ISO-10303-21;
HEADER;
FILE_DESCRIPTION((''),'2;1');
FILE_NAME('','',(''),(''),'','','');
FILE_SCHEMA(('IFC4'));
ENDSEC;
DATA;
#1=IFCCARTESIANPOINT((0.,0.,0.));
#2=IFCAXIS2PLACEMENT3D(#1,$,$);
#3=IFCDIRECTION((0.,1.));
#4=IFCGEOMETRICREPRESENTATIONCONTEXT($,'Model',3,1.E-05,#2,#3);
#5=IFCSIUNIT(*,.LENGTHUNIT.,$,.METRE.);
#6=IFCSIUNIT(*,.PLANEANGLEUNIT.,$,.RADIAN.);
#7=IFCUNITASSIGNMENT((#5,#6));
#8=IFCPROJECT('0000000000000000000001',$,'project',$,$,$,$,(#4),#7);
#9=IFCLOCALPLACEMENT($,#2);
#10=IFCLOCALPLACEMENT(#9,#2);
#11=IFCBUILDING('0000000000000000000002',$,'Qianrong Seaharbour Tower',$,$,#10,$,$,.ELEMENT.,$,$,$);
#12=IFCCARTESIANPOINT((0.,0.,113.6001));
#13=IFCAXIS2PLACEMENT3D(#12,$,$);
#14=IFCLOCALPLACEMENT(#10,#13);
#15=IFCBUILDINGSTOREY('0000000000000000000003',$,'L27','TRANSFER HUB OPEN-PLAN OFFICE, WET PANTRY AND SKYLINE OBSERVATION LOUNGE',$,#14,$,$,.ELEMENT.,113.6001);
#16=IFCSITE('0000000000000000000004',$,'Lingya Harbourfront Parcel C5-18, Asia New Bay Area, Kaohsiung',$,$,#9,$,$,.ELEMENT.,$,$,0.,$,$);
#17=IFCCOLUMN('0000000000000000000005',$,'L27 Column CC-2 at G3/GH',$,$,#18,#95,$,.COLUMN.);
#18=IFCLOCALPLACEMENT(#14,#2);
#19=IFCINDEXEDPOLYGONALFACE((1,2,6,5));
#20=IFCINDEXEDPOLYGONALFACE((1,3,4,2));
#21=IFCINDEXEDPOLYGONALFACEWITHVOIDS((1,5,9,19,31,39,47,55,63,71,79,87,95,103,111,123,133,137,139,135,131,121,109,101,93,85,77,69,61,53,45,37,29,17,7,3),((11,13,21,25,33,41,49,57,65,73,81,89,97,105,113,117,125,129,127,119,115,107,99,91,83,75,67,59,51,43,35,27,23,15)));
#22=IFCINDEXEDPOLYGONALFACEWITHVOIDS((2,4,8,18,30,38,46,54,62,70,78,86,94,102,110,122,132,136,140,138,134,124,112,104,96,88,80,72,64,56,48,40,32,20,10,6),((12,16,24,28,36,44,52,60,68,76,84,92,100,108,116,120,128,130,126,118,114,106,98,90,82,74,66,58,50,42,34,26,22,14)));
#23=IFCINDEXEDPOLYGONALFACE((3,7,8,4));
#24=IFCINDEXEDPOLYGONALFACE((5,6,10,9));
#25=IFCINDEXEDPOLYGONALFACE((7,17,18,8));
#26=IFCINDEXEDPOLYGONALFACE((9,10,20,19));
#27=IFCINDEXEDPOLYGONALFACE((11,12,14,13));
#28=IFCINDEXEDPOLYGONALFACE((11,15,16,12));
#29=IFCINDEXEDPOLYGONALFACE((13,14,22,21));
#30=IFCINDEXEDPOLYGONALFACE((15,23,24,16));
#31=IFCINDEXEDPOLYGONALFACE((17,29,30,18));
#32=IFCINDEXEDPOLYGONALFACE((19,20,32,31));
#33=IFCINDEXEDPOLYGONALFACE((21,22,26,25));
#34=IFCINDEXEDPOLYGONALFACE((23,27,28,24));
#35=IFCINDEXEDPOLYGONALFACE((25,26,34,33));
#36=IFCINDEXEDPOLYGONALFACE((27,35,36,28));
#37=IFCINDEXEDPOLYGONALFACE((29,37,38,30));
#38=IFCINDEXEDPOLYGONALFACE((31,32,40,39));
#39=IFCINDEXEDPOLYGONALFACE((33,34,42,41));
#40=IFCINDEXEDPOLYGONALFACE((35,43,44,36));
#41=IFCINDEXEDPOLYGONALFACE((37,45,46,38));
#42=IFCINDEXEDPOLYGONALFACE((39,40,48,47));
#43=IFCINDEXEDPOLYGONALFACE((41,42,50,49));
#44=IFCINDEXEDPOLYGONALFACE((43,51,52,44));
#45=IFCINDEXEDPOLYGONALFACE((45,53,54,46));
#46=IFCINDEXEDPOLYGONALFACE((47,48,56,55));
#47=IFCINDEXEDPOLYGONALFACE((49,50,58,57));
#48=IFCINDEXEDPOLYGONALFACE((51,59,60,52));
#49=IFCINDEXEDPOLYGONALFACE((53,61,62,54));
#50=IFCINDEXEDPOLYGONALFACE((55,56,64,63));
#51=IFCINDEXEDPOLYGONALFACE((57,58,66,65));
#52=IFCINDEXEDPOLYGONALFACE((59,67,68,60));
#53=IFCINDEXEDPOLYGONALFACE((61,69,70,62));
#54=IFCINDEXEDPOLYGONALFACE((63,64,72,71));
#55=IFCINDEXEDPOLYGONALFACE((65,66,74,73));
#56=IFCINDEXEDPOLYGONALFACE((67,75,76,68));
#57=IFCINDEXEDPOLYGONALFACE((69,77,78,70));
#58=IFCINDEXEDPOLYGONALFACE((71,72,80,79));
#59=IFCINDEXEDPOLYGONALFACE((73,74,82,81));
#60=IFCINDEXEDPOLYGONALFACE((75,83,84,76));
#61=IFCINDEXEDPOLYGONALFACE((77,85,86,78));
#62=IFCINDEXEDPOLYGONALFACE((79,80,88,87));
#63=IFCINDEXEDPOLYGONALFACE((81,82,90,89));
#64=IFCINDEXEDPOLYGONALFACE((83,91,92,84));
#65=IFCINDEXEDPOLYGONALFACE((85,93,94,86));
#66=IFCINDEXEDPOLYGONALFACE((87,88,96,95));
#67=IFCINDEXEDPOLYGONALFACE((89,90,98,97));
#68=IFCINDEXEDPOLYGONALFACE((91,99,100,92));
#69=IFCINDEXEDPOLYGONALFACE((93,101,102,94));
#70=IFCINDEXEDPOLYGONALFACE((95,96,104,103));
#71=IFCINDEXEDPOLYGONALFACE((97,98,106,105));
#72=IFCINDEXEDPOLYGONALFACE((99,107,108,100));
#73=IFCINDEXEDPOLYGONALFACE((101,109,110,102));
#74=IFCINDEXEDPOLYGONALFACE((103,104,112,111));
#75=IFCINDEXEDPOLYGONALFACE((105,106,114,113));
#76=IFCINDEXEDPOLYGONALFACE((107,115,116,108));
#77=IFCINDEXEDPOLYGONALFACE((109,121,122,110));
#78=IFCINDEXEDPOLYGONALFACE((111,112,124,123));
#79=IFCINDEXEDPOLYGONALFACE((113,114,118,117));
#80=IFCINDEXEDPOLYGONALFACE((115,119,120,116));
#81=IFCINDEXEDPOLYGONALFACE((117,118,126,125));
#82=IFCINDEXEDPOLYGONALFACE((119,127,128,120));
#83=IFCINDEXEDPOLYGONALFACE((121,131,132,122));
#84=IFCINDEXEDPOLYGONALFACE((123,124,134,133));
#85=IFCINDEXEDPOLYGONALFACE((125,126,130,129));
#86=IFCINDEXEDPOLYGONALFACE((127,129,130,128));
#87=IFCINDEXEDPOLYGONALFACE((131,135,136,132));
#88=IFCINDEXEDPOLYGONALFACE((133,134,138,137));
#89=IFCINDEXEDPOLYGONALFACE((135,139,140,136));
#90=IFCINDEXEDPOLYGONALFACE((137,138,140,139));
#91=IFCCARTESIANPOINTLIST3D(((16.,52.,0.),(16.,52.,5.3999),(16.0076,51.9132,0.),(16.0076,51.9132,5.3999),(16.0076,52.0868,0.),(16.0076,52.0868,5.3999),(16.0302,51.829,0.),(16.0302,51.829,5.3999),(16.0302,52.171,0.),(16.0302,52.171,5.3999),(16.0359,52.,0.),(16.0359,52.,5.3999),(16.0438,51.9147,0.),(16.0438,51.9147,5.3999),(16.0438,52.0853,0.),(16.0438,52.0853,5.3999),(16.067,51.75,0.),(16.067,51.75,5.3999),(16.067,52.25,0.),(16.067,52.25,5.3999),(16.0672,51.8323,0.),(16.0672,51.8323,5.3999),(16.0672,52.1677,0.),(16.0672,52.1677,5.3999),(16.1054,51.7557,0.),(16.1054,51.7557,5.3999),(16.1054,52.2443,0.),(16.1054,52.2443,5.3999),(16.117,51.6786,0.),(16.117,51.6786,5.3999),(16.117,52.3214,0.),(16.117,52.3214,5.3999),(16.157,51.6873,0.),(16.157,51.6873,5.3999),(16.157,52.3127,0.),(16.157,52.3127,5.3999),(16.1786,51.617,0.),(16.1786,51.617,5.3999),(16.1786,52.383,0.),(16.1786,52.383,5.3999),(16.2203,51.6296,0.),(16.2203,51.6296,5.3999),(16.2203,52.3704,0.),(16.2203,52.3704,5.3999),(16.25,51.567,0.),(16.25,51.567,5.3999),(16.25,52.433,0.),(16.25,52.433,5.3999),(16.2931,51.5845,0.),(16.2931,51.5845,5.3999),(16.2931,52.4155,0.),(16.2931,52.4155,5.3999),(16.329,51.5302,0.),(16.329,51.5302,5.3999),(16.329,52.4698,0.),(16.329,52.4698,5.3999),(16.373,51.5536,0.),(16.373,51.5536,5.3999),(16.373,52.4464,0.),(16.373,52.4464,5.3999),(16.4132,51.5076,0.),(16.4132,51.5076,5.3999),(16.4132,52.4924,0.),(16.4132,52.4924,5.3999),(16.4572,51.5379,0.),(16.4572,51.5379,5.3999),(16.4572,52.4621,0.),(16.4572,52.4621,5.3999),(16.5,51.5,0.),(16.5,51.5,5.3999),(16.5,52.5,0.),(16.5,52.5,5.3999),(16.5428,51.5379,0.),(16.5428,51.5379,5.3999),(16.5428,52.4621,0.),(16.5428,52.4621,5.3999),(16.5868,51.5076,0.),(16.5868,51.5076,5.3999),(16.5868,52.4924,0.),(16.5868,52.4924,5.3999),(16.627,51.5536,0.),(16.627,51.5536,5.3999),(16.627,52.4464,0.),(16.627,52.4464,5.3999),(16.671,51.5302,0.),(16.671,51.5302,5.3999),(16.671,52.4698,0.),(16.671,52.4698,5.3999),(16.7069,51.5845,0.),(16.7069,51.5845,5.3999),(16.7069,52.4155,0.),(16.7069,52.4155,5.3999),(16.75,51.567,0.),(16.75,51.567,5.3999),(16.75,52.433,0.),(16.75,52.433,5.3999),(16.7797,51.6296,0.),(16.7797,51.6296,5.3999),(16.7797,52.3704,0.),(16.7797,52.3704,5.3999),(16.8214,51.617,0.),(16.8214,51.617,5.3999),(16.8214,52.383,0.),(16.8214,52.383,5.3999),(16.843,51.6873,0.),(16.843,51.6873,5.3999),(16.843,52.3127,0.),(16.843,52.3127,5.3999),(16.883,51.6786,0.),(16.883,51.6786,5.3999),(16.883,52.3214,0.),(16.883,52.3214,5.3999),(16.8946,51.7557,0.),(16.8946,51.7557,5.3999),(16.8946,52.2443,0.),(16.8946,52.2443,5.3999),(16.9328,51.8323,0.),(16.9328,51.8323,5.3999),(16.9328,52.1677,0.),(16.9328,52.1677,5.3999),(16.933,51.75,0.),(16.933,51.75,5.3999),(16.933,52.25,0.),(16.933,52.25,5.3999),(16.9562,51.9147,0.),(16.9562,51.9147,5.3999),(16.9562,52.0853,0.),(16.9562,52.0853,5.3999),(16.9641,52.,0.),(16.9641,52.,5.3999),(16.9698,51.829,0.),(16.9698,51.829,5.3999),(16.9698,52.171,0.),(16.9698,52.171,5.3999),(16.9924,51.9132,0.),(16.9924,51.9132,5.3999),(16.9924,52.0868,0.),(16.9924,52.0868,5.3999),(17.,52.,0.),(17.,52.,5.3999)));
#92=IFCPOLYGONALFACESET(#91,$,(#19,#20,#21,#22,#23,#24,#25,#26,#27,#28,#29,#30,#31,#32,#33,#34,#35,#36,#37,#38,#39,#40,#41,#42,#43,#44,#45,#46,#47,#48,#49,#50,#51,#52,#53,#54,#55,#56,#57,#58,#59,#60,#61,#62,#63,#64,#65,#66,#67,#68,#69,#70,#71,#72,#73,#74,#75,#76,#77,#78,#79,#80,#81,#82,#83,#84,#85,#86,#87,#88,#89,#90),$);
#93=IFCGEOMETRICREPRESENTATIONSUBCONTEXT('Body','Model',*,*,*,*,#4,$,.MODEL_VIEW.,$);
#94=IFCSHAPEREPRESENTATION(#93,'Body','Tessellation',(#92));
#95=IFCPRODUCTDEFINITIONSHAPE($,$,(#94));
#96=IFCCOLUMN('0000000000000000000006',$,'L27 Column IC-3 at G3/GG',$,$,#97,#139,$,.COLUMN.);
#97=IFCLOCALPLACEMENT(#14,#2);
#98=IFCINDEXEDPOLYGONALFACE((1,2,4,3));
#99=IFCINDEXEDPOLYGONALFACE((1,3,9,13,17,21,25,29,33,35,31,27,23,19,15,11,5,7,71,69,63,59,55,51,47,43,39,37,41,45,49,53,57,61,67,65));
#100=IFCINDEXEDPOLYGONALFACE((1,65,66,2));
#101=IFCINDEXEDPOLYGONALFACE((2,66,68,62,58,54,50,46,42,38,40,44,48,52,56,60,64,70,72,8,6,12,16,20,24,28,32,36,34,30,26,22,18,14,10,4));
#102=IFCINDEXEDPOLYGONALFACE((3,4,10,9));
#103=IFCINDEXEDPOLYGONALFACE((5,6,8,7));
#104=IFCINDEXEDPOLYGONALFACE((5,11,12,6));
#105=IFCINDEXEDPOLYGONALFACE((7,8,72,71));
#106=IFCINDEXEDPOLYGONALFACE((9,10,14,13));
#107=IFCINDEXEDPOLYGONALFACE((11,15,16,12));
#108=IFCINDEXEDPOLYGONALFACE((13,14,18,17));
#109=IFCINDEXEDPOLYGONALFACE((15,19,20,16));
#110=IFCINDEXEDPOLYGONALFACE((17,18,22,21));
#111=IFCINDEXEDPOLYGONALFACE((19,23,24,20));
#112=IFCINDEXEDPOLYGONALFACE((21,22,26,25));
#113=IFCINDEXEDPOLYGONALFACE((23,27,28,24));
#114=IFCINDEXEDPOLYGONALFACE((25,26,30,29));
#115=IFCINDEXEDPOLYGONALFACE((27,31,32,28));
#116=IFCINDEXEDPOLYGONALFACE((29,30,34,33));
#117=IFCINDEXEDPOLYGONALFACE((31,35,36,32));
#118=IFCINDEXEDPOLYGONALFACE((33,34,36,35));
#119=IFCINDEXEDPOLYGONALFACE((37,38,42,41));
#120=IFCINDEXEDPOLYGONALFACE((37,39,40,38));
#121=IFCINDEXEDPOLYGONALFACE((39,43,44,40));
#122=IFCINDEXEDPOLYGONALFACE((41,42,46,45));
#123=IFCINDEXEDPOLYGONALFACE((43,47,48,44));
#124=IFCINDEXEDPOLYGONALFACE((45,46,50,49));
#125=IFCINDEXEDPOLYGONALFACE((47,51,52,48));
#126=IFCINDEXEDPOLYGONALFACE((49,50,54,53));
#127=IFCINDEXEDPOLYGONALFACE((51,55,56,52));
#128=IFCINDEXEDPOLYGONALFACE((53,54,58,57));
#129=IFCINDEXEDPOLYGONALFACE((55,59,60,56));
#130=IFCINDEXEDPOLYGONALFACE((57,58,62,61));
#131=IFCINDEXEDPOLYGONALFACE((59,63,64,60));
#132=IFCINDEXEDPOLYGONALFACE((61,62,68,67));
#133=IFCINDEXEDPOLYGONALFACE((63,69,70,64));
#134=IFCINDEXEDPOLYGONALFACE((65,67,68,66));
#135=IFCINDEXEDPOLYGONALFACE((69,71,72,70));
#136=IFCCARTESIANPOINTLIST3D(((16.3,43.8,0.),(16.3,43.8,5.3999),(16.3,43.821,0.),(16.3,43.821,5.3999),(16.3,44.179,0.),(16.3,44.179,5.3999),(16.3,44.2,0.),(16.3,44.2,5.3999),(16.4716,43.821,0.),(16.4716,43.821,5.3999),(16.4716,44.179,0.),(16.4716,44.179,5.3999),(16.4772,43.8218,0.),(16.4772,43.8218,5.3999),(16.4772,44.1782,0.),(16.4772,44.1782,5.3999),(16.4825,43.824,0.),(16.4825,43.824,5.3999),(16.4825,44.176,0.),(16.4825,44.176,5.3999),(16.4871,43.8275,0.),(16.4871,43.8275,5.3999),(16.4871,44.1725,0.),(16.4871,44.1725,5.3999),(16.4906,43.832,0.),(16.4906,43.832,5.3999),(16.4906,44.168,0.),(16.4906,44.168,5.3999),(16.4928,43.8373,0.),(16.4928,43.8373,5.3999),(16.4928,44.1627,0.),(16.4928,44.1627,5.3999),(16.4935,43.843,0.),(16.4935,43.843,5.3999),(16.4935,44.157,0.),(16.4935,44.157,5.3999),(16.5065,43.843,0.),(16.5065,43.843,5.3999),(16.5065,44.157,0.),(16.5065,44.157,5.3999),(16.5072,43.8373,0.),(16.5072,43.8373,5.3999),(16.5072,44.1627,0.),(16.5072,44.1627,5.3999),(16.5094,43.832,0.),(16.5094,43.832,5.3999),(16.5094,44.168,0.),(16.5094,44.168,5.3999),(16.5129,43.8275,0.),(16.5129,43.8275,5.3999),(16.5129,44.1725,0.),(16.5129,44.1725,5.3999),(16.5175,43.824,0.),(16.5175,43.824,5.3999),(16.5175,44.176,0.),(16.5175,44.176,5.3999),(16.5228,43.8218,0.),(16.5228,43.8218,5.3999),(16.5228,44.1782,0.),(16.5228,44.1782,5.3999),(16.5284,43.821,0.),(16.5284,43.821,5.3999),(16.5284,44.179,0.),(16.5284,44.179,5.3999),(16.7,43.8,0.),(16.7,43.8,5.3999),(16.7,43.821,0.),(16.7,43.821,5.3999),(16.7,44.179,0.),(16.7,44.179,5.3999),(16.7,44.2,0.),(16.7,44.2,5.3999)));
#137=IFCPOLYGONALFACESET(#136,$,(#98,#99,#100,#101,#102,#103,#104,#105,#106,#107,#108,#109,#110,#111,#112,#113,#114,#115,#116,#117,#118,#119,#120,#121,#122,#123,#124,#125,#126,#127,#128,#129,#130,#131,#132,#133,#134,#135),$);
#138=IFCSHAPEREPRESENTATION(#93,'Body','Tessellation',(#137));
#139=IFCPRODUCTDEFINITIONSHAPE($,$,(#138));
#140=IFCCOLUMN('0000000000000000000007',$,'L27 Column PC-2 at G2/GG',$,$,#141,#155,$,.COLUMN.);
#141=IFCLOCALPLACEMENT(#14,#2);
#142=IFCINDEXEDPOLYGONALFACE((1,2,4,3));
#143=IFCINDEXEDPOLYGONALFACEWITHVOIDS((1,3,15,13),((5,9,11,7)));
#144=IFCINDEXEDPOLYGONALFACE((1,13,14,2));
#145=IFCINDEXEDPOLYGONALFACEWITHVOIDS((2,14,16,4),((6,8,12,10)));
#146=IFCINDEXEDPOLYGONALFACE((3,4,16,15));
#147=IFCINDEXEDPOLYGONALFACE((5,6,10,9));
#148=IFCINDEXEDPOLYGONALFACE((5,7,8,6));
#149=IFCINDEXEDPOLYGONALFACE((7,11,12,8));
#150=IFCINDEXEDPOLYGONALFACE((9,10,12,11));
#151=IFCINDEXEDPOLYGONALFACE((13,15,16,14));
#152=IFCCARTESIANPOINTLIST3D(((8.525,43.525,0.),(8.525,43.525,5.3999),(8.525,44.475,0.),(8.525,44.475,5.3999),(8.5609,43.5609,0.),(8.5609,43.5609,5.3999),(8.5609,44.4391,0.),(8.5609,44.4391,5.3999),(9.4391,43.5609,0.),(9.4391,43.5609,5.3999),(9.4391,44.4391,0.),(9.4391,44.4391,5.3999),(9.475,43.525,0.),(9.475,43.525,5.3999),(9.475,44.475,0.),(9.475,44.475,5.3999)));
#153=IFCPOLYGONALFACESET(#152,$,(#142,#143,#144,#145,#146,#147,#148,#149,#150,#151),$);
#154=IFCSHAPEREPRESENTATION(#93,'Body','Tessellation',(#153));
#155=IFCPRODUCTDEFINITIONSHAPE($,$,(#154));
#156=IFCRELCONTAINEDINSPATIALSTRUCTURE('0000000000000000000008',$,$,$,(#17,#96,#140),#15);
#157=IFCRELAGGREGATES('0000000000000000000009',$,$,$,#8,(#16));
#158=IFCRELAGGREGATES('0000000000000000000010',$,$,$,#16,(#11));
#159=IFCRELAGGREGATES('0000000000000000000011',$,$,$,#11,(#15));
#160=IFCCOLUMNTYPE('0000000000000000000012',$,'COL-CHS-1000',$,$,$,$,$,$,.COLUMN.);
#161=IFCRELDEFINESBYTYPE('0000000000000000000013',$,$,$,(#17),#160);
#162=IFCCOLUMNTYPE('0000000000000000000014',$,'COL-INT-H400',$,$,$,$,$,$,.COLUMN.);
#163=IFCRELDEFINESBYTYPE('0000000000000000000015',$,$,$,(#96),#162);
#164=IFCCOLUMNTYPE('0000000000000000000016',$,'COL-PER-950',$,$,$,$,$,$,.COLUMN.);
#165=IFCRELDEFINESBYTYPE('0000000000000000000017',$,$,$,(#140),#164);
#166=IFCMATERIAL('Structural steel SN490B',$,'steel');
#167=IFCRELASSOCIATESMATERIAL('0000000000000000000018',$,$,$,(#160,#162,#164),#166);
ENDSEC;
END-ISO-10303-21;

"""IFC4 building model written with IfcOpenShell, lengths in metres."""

from ifc_helpers import new_model, si_unit, direction, frame, origin, origin_2d, place, context, subcontext, project, spatial, hollow_rectangle, hollow_circle, i_section, extrude, material, material_profile, profile_set, type_object, element, save


model = new_model("IFC4")

# Units and contexts
model_context = context("Model", 3, precision=1e-05, world=origin(), true_north=direction((0.0, 1.0)))
body_context = subcontext(model_context, "Body", "Model", "MODEL_VIEW")
ifc_project = project(units=[si_unit("LENGTHUNIT", "METRE"), si_unit("PLANEANGLEUNIT", "RADIAN")], contexts=[model_context])

# Site, building, storey
site_placement = place(None, origin())
site = spatial("IfcSite", under=ifc_project, at=site_placement, Name="Lingya Harbourfront Parcel C5-18, Asia New Bay Area, Kaohsiung", CompositionType="ELEMENT", RefElevation=0.0)
building_placement = place(site_placement, origin())
building = spatial("IfcBuilding", under=site, at=building_placement, Name="Qianrong Seaharbour Tower", CompositionType="ELEMENT")
storey_placement = place(building_placement, frame((0.0, 0.0, 113.6001)))
storey = spatial("IfcBuildingStorey", under=building, at=storey_placement, Name="L27", Description="TRANSFER HUB OPEN-PLAN OFFICE, WET PANTRY AND SKYLINE OBSERVATION LOUNGE", CompositionType="ELEMENT", Elevation=113.6001)

# Columns
ifc_material_1 = material(Name="Structural steel SN490B", Category="steel")
ifc_material_profile_1 = material_profile(ifc_material_1, hollow_circle(Radius=0.5, WallThickness=0.0359, at=origin_2d()), Name="CHS1000x36")
ifc_profile_set_1 = profile_set([ifc_material_profile_1], Name="Structural steel SN490B")
column_type_1 = type_object("IfcColumnType", Name="COL-CHS-1000", PredefinedType="COLUMN", material=ifc_profile_set_1)
column_1_placement = place(storey_placement, frame((16.5, 52.0, 0.0), z_axis=(0.0, 0.0, 1.0), x_axis=(1.0, 0.0, 0.0)))
element("IfcColumn", 1, at=column_1_placement, inside=storey, type_object=column_type_1, Name="L27 Column CC-2 at G3/GH", PredefinedType="COLUMN", context=body_context, shape_type="SweptSolid", body=[
    extrude(hollow_circle(Radius=0.5, WallThickness=0.0359, at=origin_2d()), origin(), (0.0, 0.0, 1.0), 5.3999),
])
ifc_material_profile_2 = material_profile(ifc_material_1, i_section(OverallWidth=0.3999, OverallDepth=0.3999, WebThickness=0.0129, FlangeThickness=0.021, FilletRadius=0.022, at=origin_2d()), Name="H400x400x13x21")
ifc_profile_set_2 = profile_set([ifc_material_profile_2], Name="Structural steel SN490B")
column_type_2 = type_object("IfcColumnType", Name="COL-INT-H400", PredefinedType="COLUMN", material=ifc_profile_set_2)
column_2_placement = place(storey_placement, frame((16.5, 44.0, 0.0), z_axis=(0.0, 0.0, 1.0), x_axis=(1.0, 0.0, 0.0)))
element("IfcColumn", 2, at=column_2_placement, inside=storey, type_object=column_type_2, Name="L27 Column IC-3 at G3/GG", PredefinedType="COLUMN", context=body_context, shape_type="SweptSolid", body=[
    extrude(i_section(OverallWidth=0.3999, OverallDepth=0.3999, WebThickness=0.0129, FlangeThickness=0.021, FilletRadius=0.022, at=origin_2d()), origin(), (0.0, 0.0, 1.0), 5.3999),
])
ifc_material_profile_3 = material_profile(ifc_material_1, hollow_rectangle(XDim=0.95, YDim=0.95, WallThickness=0.0359, at=origin_2d()), Name="BOX950x950x36")
ifc_profile_set_3 = profile_set([ifc_material_profile_3], Name="Structural steel SN490B")
column_type_3 = type_object("IfcColumnType", Name="COL-PER-950", PredefinedType="COLUMN", material=ifc_profile_set_3)
column_3_placement = place(storey_placement, frame((9.0, 44.0, 0.0), z_axis=(0.0, 0.0, 1.0), x_axis=(1.0, 0.0, 0.0)))
element("IfcColumn", 3, at=column_3_placement, inside=storey, type_object=column_type_3, Name="L27 Column PC-2 at G2/GG", PredefinedType="COLUMN", context=body_context, shape_type="SweptSolid", body=[
    extrude(hollow_rectangle(XDim=0.95, YDim=0.95, WallThickness=0.0359, at=origin_2d()), origin(), (0.0, 0.0, 1.0), 5.3999),
])

save(model, "model.ifc")
